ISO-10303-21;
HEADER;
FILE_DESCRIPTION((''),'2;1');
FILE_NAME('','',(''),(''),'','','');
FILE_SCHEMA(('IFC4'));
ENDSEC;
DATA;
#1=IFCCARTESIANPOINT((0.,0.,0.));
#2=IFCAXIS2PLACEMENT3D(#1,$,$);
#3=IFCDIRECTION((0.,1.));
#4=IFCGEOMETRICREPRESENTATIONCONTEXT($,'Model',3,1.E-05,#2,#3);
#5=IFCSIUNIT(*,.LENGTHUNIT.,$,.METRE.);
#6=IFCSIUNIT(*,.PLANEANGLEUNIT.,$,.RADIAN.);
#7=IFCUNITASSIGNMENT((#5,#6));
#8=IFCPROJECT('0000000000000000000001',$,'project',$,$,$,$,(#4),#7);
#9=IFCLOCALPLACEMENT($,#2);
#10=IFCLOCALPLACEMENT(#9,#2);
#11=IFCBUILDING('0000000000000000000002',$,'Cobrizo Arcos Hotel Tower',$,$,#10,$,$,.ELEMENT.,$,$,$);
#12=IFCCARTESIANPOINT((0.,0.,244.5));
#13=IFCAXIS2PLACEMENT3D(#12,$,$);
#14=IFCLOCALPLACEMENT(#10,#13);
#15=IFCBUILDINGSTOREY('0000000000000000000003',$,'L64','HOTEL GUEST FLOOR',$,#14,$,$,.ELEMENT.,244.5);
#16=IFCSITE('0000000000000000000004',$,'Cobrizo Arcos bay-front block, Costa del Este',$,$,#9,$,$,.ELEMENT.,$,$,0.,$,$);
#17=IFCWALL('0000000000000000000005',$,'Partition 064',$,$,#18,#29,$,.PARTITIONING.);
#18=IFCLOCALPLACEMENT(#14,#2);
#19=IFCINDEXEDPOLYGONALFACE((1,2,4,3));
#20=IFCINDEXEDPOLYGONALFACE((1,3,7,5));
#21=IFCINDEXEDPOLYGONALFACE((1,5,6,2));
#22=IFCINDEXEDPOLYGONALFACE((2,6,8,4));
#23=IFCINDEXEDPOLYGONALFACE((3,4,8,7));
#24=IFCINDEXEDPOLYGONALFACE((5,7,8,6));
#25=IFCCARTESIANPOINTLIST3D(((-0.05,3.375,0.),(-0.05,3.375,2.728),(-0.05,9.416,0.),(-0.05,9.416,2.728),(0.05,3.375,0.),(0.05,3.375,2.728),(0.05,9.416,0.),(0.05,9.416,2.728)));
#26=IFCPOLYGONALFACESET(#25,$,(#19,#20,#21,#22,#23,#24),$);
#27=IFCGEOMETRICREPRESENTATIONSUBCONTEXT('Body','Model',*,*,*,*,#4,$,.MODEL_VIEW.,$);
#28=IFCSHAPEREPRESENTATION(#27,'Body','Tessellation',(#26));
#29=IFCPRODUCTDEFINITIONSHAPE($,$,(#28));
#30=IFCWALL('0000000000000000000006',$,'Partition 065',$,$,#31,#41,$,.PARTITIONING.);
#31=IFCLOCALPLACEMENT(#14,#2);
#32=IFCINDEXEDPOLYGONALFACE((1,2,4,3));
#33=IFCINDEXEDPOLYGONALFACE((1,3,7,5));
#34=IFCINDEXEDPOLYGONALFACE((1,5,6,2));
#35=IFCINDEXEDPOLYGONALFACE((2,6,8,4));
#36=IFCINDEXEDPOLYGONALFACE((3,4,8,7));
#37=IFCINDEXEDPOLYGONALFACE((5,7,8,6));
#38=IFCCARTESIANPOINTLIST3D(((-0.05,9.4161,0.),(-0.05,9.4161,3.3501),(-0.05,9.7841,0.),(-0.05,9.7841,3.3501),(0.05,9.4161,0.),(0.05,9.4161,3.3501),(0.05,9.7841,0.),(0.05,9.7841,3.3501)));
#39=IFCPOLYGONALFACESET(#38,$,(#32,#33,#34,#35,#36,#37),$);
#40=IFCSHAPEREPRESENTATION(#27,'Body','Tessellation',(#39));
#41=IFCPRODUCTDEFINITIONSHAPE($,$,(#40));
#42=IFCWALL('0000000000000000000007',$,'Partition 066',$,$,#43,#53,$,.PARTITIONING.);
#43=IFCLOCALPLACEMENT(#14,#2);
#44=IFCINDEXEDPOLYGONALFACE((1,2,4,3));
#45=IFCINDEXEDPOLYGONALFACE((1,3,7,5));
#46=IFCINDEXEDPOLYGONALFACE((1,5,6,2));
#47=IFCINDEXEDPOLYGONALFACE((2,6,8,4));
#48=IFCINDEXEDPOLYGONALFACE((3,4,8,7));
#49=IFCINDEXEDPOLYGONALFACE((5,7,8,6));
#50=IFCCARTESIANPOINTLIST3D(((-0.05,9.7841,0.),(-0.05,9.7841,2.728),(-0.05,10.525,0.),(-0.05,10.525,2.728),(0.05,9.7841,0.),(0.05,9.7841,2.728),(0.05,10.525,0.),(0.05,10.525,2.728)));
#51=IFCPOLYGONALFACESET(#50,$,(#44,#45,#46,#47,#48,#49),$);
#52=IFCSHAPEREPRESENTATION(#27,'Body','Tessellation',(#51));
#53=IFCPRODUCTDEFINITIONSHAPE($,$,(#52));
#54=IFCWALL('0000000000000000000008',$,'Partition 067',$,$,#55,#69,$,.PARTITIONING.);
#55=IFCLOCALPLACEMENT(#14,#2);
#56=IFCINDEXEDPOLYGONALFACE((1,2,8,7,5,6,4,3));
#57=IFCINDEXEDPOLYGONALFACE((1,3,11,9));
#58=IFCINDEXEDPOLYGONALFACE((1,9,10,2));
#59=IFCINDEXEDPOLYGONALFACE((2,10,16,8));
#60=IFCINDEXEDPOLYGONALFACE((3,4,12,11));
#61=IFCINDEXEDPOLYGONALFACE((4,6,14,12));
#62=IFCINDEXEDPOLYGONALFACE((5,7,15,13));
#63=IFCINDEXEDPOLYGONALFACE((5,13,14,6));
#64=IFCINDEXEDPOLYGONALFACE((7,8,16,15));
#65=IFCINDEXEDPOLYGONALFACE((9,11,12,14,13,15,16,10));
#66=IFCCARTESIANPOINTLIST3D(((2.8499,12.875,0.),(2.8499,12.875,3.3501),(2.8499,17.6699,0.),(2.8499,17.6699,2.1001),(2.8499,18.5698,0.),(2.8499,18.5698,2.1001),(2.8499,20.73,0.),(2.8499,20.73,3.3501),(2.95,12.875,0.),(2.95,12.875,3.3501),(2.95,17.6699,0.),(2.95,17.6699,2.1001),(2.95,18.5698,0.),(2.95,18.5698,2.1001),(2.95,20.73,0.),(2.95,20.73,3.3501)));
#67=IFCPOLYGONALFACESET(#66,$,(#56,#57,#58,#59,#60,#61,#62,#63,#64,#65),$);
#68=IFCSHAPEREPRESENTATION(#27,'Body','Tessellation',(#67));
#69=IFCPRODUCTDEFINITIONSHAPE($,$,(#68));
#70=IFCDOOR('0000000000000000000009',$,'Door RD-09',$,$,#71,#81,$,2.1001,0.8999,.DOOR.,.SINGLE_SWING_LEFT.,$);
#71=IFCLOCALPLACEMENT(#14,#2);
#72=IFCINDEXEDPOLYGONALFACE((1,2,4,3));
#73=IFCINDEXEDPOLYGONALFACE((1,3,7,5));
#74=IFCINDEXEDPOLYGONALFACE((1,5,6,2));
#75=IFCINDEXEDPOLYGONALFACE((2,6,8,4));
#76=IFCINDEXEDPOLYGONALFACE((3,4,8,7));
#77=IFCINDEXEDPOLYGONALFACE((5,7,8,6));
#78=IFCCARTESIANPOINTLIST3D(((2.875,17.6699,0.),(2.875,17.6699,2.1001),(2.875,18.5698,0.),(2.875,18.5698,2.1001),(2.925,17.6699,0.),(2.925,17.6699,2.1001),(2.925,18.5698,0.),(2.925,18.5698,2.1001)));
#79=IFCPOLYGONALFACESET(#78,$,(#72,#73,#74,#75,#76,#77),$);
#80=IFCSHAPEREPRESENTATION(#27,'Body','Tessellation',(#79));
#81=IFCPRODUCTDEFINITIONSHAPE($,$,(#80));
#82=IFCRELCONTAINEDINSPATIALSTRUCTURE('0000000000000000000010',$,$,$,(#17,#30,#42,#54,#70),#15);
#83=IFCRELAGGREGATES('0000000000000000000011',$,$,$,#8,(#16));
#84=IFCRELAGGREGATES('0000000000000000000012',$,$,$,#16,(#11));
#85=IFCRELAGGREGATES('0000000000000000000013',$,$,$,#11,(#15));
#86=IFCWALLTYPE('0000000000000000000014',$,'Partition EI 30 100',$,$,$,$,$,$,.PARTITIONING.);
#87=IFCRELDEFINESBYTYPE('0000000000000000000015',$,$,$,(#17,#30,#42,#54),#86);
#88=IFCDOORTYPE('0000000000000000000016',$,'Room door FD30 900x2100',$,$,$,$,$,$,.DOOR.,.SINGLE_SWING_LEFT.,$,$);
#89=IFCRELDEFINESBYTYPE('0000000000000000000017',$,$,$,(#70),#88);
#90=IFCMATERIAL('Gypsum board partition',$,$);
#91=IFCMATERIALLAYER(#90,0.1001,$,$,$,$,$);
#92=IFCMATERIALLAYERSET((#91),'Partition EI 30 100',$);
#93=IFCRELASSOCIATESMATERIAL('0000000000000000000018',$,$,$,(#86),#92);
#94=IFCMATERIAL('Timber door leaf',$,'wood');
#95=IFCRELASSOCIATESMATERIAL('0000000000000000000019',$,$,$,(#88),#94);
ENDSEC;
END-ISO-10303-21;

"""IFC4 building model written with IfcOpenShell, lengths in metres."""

from ifc_helpers import new_model, si_unit, direction, frame, frame_2d, origin, place, context, subcontext, project, spatial, rectangle, extrude, material, layer, layer_set, type_object, element, fill, save


model = new_model("IFC4")

# Units and contexts
model_context = context("Model", 3, precision=1e-05, world=origin(), true_north=direction((0.0, 1.0)))
body_context = subcontext(model_context, "Body", "Model", "MODEL_VIEW")
ifc_project = project(units=[si_unit("LENGTHUNIT", "METRE"), si_unit("PLANEANGLEUNIT", "RADIAN")], contexts=[model_context])

# Site, building, storey
site_placement = place(None, origin())
site = spatial("IfcSite", under=ifc_project, at=site_placement, Name="Cobrizo Arcos bay-front block, Costa del Este", CompositionType="ELEMENT", RefElevation=0.0)
building_placement = place(site_placement, origin())
building = spatial("IfcBuilding", under=site, at=building_placement, Name="Cobrizo Arcos Hotel Tower", CompositionType="ELEMENT")
storey_placement = place(building_placement, frame((0.0, 0.0, 244.5)))
storey = spatial("IfcBuildingStorey", under=building, at=storey_placement, Name="L64", Description="HOTEL GUEST FLOOR", CompositionType="ELEMENT", Elevation=244.5)

# Shared definitions
ifc_material_1 = material(Name="Gypsum board partition")

# Shared definitions
ifc_material_2 = material(Name="Timber door leaf", Category="wood")

# Walls
ifc_layer_1 = layer(ifc_material_1, 0.1001)
ifc_layer_set_1 = layer_set([ifc_layer_1], Name="Partition EI 30 100")
wall_type_1 = type_object("IfcWallType", Name="Partition EI 30 100", PredefinedType="PARTITIONING", material=ifc_layer_set_1)
wall_1_placement = place(storey_placement, frame((0.0, 3.375, 0.0), z_axis=(0.0, 0.0, 1.0), x_axis=(0.0, 1.0, 0.0)))
element("IfcWall", 1, at=wall_1_placement, inside=storey, type_object=wall_type_1, Name="Partition 064", PredefinedType="PARTITIONING", context=body_context, shape_type="SweptSolid", body=[
    extrude(rectangle(XDim=6.041, YDim=0.1001, at=frame_2d((3.0205, 0.0))), origin(), (0.0, 0.0, 1.0), 2.728),
])
wall_2_placement = place(storey_placement, frame((0.0, 9.416, 0.0), z_axis=(0.0, 0.0, 1.0), x_axis=(0.0, 1.0, 0.0)))
element("IfcWall", 2, at=wall_2_placement, inside=storey, type_object=wall_type_1, Name="Partition 065", PredefinedType="PARTITIONING", context=body_context, shape_type="SweptSolid", body=[
    extrude(rectangle(XDim=0.3679, YDim=0.1001, at=frame_2d((0.1841, 0.0))), origin(), (0.0, 0.0, 1.0), 3.3501),
])
wall_3_placement = place(storey_placement, frame((0.0, 9.7839, 0.0), z_axis=(0.0, 0.0, 1.0), x_axis=(0.0, 1.0, 0.0)))
element("IfcWall", 3, at=wall_3_placement, inside=storey, type_object=wall_type_1, Name="Partition 066", PredefinedType="PARTITIONING", context=body_context, shape_type="SweptSolid", body=[
    extrude(rectangle(XDim=0.741, YDim=0.1001, at=frame_2d((0.3706, 0.0))), origin(), (0.0, 0.0, 1.0), 2.728),
])

# Wall, opening, door
wall_4_placement = place(storey_placement, frame((2.8999, 12.875, 0.0), z_axis=(0.0, 0.0, 1.0), x_axis=(0.0, 1.0, 0.0)))
wall_4 = element("IfcWall", 4, at=wall_4_placement, inside=storey, type_object=wall_type_1, Name="Partition 067", PredefinedType="PARTITIONING", context=body_context, shape_type="SweptSolid", body=[
    extrude(rectangle(XDim=7.855, YDim=0.1001, at=frame_2d((3.9275, 0.0))), origin(), (0.0, 0.0, 1.0), 3.3501),
])
opening_1_placement = place(wall_4_placement, frame((4.7949, 0.0, 0.0)))
opening_1 = element("IfcOpeningElement", 5, at=opening_1_placement, cuts=wall_4, PredefinedType="OPENING", context=body_context, shape_type="SweptSolid", body=[
    extrude(rectangle(XDim=0.8999, YDim=2.1001, at=frame_2d((0.45, 1.05))), frame((0.0, 0.062, 0.0), z_axis=(0.0, -1.0, 0.0), x_axis=(1.0, 0.0, 0.0)), (0.0, 0.0, 1.0), 0.124),
])
door_type_1 = type_object("IfcDoorType", Name="Room door FD30 900x2100", OperationType="SINGLE_SWING_LEFT", PredefinedType="DOOR", material=ifc_material_2)
door_1_placement = place(opening_1_placement, origin())
door_1 = element("IfcDoor", 6, at=door_1_placement, inside=storey, type_object=door_type_1, Name="Door RD-09", OperationType="SINGLE_SWING_LEFT", OverallHeight=2.1001, OverallWidth=0.8999, PredefinedType="DOOR", context=body_context, shape_type="SweptSolid", body=[
    extrude(rectangle(XDim=0.8999, YDim=2.1001, at=frame_2d((0.45, 1.05))), frame((0.0, 0.0249, 0.0), z_axis=(0.0, -1.0, 0.0), x_axis=(1.0, 0.0, 0.0)), (0.0, 0.0, 1.0), 0.05),
])
fill(opening_1, door_1)

save(model, "model.ifc")
